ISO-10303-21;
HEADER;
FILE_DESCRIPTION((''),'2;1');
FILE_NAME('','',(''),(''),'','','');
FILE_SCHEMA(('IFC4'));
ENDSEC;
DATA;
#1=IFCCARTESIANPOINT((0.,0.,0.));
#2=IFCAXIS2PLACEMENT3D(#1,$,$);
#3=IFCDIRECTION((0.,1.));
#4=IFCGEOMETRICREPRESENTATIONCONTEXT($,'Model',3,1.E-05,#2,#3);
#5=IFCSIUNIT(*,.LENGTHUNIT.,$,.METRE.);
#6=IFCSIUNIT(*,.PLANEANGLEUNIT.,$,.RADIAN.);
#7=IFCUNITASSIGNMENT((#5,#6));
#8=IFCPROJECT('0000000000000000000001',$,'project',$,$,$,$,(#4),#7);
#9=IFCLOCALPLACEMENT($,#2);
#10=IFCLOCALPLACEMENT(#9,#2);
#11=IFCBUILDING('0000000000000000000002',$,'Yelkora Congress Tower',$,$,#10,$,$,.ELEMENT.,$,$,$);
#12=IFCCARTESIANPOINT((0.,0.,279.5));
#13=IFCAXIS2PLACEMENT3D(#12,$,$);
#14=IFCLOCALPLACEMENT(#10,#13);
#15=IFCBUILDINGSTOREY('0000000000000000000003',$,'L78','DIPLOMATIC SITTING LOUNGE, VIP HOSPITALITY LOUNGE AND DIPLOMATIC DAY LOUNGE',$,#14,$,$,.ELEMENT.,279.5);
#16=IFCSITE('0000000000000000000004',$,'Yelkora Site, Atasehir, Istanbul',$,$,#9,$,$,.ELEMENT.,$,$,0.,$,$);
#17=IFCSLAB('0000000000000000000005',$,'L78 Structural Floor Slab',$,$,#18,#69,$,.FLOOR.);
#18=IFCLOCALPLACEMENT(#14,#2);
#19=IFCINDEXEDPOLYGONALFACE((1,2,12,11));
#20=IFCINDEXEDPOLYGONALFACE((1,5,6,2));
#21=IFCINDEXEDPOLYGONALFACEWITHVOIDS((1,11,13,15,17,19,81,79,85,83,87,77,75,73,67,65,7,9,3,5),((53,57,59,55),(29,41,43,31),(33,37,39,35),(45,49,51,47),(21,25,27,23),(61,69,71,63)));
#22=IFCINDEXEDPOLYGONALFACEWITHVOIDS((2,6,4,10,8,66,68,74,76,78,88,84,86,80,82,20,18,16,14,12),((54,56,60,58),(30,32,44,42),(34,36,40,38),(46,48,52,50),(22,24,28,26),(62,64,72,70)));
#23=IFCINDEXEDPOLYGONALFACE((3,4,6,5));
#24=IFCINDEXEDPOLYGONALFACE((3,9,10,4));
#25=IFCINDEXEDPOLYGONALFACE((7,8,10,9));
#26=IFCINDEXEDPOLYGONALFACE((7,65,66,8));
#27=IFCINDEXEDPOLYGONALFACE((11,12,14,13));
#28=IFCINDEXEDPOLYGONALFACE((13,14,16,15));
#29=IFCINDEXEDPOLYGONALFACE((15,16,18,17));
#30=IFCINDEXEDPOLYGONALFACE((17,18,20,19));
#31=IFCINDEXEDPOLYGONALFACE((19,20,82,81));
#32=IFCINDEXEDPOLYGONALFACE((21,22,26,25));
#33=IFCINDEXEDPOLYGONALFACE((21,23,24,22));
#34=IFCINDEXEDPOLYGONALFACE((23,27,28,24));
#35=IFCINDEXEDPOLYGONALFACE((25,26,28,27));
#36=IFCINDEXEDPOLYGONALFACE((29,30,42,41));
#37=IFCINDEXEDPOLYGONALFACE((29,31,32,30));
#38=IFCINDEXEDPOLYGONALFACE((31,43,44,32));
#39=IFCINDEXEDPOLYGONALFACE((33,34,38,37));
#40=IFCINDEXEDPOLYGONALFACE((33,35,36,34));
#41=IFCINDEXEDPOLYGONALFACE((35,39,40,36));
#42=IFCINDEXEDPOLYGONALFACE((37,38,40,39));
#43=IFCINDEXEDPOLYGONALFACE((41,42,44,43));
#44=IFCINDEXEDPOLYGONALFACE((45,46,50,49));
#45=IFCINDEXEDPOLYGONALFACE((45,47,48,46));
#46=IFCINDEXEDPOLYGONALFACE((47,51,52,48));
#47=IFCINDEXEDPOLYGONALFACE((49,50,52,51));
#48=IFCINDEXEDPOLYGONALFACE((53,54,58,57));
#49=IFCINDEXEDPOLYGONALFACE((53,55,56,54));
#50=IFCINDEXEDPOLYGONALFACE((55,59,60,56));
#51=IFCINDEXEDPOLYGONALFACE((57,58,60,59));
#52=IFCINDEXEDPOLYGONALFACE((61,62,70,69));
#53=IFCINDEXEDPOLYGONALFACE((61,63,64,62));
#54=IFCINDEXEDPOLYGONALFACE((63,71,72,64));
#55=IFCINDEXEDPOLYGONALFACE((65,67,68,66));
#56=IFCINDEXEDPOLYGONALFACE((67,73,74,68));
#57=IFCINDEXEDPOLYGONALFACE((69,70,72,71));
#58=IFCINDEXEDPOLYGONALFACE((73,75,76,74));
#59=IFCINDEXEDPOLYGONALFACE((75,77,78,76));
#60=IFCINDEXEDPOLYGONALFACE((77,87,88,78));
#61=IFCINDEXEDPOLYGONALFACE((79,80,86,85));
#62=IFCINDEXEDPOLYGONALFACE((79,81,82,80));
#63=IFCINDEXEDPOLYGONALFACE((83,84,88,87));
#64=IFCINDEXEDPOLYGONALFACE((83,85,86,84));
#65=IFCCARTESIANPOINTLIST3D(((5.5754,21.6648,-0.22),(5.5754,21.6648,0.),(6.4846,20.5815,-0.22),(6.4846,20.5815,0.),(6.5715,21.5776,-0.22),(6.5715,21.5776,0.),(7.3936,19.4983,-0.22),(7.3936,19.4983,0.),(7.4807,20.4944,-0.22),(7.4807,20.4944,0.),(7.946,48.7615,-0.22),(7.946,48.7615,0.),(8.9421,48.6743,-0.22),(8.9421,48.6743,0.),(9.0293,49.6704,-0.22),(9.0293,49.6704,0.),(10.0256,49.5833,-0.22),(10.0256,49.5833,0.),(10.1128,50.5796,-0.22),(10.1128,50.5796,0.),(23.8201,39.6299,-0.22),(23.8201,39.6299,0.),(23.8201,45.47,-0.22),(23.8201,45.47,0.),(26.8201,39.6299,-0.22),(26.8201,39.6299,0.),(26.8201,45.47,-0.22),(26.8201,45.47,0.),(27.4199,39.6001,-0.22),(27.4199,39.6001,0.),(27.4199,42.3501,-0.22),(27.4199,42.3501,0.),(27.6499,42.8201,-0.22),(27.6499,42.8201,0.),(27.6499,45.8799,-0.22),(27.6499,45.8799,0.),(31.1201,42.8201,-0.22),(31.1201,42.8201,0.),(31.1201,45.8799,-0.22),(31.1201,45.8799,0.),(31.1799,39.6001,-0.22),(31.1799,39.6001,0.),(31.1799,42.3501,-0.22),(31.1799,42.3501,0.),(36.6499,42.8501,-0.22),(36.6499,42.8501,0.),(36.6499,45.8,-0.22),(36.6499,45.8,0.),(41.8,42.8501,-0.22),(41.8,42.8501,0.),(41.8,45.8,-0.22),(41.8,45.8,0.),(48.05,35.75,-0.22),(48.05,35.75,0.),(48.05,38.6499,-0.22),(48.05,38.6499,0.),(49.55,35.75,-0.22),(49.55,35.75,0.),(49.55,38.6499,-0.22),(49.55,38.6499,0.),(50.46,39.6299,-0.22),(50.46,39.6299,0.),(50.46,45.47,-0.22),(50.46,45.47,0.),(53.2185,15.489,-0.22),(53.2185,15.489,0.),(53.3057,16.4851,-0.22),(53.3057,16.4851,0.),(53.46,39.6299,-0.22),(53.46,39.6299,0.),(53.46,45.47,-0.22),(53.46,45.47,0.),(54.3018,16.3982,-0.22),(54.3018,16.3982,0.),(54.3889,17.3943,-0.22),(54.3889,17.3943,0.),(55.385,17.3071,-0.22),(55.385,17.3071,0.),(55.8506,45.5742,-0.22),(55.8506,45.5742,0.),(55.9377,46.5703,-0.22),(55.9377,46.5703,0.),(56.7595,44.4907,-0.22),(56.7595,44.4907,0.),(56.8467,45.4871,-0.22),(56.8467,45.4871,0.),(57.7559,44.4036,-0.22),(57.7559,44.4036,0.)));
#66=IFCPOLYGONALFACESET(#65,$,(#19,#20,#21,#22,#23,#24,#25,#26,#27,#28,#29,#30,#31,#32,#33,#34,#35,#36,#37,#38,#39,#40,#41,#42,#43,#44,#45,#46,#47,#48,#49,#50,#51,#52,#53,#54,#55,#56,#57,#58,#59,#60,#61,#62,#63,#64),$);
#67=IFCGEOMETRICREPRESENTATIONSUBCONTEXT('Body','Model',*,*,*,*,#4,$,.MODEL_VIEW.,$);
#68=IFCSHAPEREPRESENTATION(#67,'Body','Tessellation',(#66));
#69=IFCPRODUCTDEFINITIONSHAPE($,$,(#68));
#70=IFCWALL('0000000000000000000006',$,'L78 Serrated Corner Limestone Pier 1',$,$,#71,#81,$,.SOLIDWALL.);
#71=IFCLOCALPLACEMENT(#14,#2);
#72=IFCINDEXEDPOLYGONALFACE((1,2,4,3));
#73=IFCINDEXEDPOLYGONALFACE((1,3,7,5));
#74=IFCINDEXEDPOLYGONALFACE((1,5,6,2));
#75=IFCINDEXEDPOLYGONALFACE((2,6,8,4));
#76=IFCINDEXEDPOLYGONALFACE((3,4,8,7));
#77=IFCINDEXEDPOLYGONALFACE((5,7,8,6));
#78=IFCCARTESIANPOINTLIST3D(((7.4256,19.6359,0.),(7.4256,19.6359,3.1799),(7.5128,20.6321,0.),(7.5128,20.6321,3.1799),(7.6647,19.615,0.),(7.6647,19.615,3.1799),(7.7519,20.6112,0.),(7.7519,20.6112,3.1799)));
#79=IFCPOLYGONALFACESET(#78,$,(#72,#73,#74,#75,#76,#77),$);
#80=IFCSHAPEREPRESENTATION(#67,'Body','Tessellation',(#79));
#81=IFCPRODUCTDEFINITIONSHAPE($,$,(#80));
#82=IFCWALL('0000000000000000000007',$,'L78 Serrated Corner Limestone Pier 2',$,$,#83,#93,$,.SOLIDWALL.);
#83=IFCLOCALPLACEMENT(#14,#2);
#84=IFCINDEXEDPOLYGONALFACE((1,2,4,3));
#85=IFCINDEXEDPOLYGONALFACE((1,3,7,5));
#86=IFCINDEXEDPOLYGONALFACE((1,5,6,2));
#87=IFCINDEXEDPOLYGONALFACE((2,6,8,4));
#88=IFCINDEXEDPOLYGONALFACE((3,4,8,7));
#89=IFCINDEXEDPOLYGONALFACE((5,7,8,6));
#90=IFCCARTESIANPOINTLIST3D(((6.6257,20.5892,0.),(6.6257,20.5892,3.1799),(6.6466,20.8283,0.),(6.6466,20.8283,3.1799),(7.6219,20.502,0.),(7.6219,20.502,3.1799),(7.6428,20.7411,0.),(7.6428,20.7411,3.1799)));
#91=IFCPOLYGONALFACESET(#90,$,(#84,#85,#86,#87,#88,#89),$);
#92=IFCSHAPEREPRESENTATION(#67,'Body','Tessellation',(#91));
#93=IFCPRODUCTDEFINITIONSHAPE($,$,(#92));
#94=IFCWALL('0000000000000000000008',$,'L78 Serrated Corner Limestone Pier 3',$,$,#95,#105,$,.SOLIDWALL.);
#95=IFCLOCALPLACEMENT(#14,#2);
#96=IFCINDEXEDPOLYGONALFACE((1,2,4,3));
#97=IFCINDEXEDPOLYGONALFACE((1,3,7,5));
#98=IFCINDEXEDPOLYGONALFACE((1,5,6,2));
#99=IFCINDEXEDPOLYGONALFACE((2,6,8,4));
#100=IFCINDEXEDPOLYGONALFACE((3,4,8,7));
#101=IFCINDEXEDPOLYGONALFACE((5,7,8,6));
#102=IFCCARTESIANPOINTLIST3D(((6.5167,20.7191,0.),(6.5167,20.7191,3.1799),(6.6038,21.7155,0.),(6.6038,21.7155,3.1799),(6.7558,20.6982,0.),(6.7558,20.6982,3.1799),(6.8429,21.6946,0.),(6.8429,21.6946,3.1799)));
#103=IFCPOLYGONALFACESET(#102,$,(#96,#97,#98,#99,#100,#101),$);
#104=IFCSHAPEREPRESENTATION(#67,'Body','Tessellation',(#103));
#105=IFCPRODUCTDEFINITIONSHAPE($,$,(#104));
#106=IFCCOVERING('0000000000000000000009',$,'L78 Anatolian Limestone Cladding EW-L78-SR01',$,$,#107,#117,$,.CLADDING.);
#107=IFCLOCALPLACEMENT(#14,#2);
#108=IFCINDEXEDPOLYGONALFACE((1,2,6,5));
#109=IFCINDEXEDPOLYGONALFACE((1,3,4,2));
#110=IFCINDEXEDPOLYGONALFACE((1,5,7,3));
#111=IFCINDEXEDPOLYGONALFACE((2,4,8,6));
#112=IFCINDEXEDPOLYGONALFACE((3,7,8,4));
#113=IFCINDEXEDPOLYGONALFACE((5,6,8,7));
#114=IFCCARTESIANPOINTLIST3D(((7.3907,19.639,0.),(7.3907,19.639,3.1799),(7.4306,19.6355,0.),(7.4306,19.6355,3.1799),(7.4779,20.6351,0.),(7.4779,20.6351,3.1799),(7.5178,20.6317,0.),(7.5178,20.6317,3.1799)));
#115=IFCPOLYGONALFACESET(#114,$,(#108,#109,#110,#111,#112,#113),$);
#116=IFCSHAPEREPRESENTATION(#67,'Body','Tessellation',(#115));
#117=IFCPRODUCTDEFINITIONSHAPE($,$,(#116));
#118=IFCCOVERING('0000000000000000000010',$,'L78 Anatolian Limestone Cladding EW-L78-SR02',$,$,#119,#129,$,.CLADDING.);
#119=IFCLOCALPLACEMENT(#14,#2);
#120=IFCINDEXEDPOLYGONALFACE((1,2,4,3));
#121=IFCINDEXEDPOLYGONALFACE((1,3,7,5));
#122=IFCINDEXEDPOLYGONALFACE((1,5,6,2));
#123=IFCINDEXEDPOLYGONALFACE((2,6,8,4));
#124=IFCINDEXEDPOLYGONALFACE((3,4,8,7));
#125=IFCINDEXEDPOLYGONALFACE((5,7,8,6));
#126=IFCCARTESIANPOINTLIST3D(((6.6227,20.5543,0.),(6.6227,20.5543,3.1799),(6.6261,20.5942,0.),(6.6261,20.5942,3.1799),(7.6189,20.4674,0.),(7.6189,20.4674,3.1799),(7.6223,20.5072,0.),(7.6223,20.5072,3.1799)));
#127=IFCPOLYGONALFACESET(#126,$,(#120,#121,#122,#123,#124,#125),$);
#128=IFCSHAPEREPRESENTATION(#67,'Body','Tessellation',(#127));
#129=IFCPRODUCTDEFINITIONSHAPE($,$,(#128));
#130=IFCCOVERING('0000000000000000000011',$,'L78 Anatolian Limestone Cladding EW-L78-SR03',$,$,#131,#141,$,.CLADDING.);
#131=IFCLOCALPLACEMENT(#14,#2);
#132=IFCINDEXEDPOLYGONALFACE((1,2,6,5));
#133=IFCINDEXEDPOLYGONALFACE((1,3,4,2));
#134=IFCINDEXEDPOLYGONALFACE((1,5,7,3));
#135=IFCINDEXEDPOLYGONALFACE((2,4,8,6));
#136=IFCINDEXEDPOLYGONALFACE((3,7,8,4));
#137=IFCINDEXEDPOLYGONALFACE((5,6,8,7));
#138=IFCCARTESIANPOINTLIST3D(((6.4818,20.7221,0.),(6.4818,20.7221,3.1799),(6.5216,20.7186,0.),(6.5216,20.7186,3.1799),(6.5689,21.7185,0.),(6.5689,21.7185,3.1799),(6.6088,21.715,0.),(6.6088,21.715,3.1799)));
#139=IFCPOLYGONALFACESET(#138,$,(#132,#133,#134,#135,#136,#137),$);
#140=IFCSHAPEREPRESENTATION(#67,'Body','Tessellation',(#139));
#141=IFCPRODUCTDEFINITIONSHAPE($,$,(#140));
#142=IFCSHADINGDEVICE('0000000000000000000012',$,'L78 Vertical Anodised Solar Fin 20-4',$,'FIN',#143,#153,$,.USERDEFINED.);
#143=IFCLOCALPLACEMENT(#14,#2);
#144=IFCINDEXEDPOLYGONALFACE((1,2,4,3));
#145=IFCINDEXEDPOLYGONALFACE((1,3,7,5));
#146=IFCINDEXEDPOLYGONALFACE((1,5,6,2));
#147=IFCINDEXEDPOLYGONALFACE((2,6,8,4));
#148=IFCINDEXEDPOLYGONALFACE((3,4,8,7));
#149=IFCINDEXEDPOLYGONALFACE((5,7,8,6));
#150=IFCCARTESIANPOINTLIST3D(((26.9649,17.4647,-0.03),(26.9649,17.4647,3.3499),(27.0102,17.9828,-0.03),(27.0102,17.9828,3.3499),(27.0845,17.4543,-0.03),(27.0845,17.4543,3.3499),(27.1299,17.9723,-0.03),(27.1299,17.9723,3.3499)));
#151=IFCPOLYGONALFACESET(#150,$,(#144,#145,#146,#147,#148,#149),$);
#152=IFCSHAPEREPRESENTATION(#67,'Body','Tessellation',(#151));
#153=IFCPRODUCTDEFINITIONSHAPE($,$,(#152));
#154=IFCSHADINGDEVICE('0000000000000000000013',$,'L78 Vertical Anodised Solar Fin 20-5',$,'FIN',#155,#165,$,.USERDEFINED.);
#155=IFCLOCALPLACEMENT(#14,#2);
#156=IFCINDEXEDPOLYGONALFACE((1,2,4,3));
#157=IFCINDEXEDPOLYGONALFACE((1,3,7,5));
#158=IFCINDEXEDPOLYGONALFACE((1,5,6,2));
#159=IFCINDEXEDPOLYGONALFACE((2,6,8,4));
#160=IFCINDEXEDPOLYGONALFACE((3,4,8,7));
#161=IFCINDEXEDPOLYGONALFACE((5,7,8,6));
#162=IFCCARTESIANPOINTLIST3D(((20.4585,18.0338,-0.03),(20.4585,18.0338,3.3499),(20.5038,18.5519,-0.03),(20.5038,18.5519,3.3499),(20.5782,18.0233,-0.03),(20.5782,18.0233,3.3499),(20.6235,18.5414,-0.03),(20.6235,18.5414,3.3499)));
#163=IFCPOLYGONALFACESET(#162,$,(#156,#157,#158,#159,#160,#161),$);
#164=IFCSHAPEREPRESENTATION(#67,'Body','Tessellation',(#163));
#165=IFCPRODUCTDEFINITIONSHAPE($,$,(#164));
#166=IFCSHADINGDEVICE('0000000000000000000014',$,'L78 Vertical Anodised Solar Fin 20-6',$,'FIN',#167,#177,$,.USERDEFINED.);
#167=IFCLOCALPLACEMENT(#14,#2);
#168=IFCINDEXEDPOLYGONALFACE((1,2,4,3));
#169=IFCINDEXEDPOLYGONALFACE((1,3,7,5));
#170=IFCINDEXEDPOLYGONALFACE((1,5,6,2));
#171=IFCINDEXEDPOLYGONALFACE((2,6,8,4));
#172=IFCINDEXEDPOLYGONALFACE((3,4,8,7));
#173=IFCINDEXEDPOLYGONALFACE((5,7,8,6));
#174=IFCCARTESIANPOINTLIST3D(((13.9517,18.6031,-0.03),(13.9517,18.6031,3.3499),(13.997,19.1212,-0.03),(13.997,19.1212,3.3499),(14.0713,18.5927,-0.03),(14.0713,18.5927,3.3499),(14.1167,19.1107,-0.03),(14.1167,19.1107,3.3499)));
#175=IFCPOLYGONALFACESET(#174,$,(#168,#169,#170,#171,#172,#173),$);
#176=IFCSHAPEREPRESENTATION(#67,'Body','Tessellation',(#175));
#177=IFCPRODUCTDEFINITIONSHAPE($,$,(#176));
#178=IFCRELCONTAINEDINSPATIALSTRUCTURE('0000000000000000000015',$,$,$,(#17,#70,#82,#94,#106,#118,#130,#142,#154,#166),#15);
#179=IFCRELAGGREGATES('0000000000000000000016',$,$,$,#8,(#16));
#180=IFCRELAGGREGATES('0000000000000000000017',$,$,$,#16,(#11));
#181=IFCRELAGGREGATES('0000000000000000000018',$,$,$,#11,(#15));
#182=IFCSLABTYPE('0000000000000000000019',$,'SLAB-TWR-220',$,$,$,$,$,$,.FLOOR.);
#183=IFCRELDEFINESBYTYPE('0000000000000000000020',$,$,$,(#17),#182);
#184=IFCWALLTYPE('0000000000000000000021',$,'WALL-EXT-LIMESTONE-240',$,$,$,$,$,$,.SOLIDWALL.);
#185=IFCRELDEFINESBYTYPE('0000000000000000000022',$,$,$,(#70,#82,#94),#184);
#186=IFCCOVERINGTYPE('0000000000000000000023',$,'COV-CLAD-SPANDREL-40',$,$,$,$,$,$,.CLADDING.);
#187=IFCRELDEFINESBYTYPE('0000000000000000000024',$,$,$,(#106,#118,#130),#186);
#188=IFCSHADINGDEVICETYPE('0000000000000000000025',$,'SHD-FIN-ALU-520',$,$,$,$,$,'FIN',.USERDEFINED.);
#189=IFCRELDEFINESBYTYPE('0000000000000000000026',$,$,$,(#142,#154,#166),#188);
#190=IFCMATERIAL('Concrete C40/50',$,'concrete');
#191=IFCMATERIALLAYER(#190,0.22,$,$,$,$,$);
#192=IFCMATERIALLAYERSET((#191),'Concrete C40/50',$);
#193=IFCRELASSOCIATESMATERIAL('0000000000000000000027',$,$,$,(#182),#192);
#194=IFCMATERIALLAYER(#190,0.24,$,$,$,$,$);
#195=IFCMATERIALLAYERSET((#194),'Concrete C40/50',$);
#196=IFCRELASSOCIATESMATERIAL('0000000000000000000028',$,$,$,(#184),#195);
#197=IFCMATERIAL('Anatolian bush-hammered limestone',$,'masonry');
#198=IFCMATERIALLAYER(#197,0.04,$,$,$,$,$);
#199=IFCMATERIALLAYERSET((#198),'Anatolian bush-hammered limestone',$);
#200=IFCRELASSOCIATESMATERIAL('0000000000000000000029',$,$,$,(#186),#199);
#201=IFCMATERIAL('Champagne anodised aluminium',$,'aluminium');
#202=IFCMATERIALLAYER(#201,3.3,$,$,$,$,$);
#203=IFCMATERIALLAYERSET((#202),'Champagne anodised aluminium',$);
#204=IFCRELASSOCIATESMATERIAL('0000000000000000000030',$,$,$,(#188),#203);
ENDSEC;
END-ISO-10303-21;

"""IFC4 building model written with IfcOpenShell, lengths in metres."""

from ifc_helpers import new_model, si_unit, direction, frame, frame_2d, origin, origin_2d, place, context, subcontext, project, spatial, polyline, rectangle, outline, extrude, material, layer, layer_set, type_object, element, save


model = new_model("IFC4")

# Units and contexts
model_context = context("Model", 3, precision=1e-05, world=origin(), true_north=direction((0.0, 1.0)))
body_context = subcontext(model_context, "Body", "Model", "MODEL_VIEW")
ifc_project = project(units=[si_unit("LENGTHUNIT", "METRE"), si_unit("PLANEANGLEUNIT", "RADIAN")], contexts=[model_context])

# Site, building, storey
site_placement = place(None, origin())
site = spatial("IfcSite", under=ifc_project, at=site_placement, Name="Yelkora Site, Atasehir, Istanbul", CompositionType="ELEMENT", RefElevation=0.0)
building_placement = place(site_placement, origin())
building = spatial("IfcBuilding", under=site, at=building_placement, Name="Yelkora Congress Tower", CompositionType="ELEMENT")
storey_placement = place(building_placement, frame((0.0, 0.0, 279.5)))
storey = spatial("IfcBuildingStorey", under=building, at=storey_placement, Name="L78", Description="DIPLOMATIC SITTING LOUNGE, VIP HOSPITALITY LOUNGE AND DIPLOMATIC DAY LOUNGE", CompositionType="ELEMENT", Elevation=279.5)

# Shared definitions
ifc_material_1 = material(Name="Concrete C40/50", Category="concrete")

# Slab
ifc_layer_1 = layer(ifc_material_1, 0.22)
ifc_layer_set_1 = layer_set([ifc_layer_1], Name="Concrete C40/50")
slab_type_1 = type_object("IfcSlabType", Name="SLAB-TWR-220", PredefinedType="FLOOR", material=ifc_layer_set_1)
slab_1_placement = place(storey_placement, frame((0.0, 0.0, -0.22)))
element("IfcSlab", 1, at=slab_1_placement, inside=storey, type_object=slab_type_1, Name="L78 Structural Floor Slab", PredefinedType="FLOOR", context=body_context, shape_type="SweptSolid", body=[
    extrude(outline(polyline([(7.3936, 19.4983), (53.2185, 15.489), (53.3057, 16.4851), (54.3018, 16.3982), (54.3889, 17.3943), (55.385, 17.3071), (57.7559, 44.4036), (56.7595, 44.4907), (56.8467, 45.4871), (55.8506, 45.5742), (55.9377, 46.5703), (10.1128, 50.5796), (10.0256, 49.5833), (9.0293, 49.6704), (8.9421, 48.6743), (7.946, 48.7615), (5.5754, 21.6648), (6.5715, 21.5776), (6.4846, 20.5815), (7.4807, 20.4944), (7.3936, 19.4983)]), holes=[polyline([(23.8201, 39.6299), (26.8201, 39.6299), (26.8201, 45.47), (23.8201, 45.47), (23.8201, 39.6299)]), polyline([(50.46, 39.6299), (53.46, 39.6299), (53.46, 45.47), (50.46, 45.47), (50.46, 39.6299)]), polyline([(48.05, 35.75), (49.55, 35.75), (49.55, 38.6499), (48.05, 38.6499), (48.05, 35.75)]), polyline([(36.6499, 42.8501), (41.8, 42.8501), (41.8, 45.8), (36.6499, 45.8), (36.6499, 42.8501)]), polyline([(27.4199, 39.6001), (31.1799, 39.6001), (31.1799, 42.3501), (27.4199, 42.3501), (27.4199, 39.6001)]), polyline([(27.6499, 42.8201), (31.1201, 42.8201), (31.1201, 45.8799), (27.6499, 45.8799), (27.6499, 42.8201)])]), origin(), (0.0, 0.0, 1.0), 0.22),
])

# Walls
ifc_layer_2 = layer(ifc_material_1, 0.24)
ifc_layer_set_2 = layer_set([ifc_layer_2], Name="Concrete C40/50")
wall_type = type_object("IfcWallType", Name="WALL-EXT-LIMESTONE-240", PredefinedType="SOLIDWALL", material=ifc_layer_set_2)
for number, where, z_axis, x_axis, name in (
    (2, (7.5452, 19.6255, 0.0), (0.0, 0.0, 1.0), (0.087167, 0.996194, 0.0), "L78 Serrated Corner Limestone Pier 1"),
    (3, (7.6323, 20.6216, 0.0), (0.0, 0.0, 1.0), (-0.996194, 0.087167, 0.0), "L78 Serrated Corner Limestone Pier 2"),
):
    element("IfcWall", number, at=place(storey_placement, frame(where, z_axis=z_axis, x_axis=x_axis)), inside=storey, type_object=wall_type, Name=name, PredefinedType="SOLIDWALL", context=body_context, shape_type="SweptSolid", body=[
        extrude(rectangle(XDim=1.0, YDim=0.24, at=frame_2d((0.5, 0.0))), origin(), (0.0, 0.0, 1.0), 3.1799),
    ])
wall_placement = place(storey_placement, frame((6.6362, 20.7087, 0.0), z_axis=(0.0, 0.0, 1.0), x_axis=(0.087146, 0.996196, 0.0)))
element("IfcWall", 4, at=wall_placement, inside=storey, type_object=wall_type, Name="L78 Serrated Corner Limestone Pier 3", PredefinedType="SOLIDWALL", context=body_context, shape_type="SweptSolid", body=[
    extrude(rectangle(XDim=1.0002, YDim=0.24, at=frame_2d((0.5, 0.0))), origin(), (0.0, 0.0, 1.0), 3.1799),
])

# Coverings
ifc_material_2 = material(Name="Anatolian bush-hammered limestone", Category="masonry")
ifc_layer_3 = layer(ifc_material_2, 0.04)
ifc_layer_set_3 = layer_set([ifc_layer_3], Name="Anatolian bush-hammered limestone")
covering_type = type_object("IfcCoveringType", Name="COV-CLAD-SPANDREL-40", PredefinedType="CLADDING", material=ifc_layer_set_3)
for number, where, z_axis, x_axis, name in (
    (5, (7.4106, 19.6372, 0.0), (0.0, 0.0, 1.0), (0.087167, 0.996194, 0.0), "L78 Anatolian Limestone Cladding EW-L78-SR01"),
    (6, (7.6206, 20.4873, 0.0), (0.0, 0.0, 1.0), (-0.996215, 0.086925, 0.0), "L78 Anatolian Limestone Cladding EW-L78-SR02"),
):
    element("IfcCovering", number, at=place(storey_placement, frame(where, z_axis=z_axis, x_axis=x_axis)), inside=storey, type_object=covering_type, Name=name, PredefinedType="CLADDING", context=body_context, shape_type="SweptSolid", body=[
        extrude(rectangle(XDim=1.0, YDim=0.04, at=frame_2d((0.5, 0.0))), origin(), (0.0, 0.0, 1.0), 3.1799),
    ])
covering_placement = place(storey_placement, frame((6.5017, 20.7205, 0.0), z_axis=(0.0, 0.0, 1.0), x_axis=(0.087146, 0.996196, 0.0)))
element("IfcCovering", 7, at=covering_placement, inside=storey, type_object=covering_type, Name="L78 Anatolian Limestone Cladding EW-L78-SR03", PredefinedType="CLADDING", context=body_context, shape_type="SweptSolid", body=[
    extrude(rectangle(XDim=1.0002, YDim=0.04, at=frame_2d((0.5, 0.0))), origin(), (0.0, 0.0, 1.0), 3.1799),
])

# Shading devices
ifc_material_3 = material(Name="Champagne anodised aluminium", Category="aluminium")
ifc_layer_4 = layer(ifc_material_3, 3.3)
ifc_layer_set_4 = layer_set([ifc_layer_4], Name="Champagne anodised aluminium")
shading_device_type = type_object("IfcShadingDeviceType", Name="SHD-FIN-ALU-520", ElementType="FIN", PredefinedType="USERDEFINED", material=ifc_layer_set_4)
for number, where, z_axis, x_axis, name in (
    (8, (27.0474, 17.7185, -0.03), (0.0, 0.0, 1.0), (-0.996195, 0.087156, 0.0), "L78 Vertical Anodised Solar Fin 20-4"),
    (9, (20.541, 18.2876, -0.03), (0.0, 0.0, 1.0), (-0.996195, 0.087156, 0.0), "L78 Vertical Anodised Solar Fin 20-5"),
    (10, (14.0342, 18.8569, -0.03), (0.0, 0.0, 1.0), (-0.996195, 0.087156, 0.0), "L78 Vertical Anodised Solar Fin 20-6"),
):
    element("IfcShadingDevice", number, at=place(storey_placement, frame(where, z_axis=z_axis, x_axis=x_axis)), inside=storey, type_object=shading_device_type, Name=name, ObjectType="FIN", PredefinedType="USERDEFINED", context=body_context, shape_type="SweptSolid", body=[
        extrude(rectangle(XDim=0.1201, YDim=0.52, at=origin_2d()), origin(), (0.0, 0.0, 1.0), 3.3799),
    ])

save(model, "model.ifc")
